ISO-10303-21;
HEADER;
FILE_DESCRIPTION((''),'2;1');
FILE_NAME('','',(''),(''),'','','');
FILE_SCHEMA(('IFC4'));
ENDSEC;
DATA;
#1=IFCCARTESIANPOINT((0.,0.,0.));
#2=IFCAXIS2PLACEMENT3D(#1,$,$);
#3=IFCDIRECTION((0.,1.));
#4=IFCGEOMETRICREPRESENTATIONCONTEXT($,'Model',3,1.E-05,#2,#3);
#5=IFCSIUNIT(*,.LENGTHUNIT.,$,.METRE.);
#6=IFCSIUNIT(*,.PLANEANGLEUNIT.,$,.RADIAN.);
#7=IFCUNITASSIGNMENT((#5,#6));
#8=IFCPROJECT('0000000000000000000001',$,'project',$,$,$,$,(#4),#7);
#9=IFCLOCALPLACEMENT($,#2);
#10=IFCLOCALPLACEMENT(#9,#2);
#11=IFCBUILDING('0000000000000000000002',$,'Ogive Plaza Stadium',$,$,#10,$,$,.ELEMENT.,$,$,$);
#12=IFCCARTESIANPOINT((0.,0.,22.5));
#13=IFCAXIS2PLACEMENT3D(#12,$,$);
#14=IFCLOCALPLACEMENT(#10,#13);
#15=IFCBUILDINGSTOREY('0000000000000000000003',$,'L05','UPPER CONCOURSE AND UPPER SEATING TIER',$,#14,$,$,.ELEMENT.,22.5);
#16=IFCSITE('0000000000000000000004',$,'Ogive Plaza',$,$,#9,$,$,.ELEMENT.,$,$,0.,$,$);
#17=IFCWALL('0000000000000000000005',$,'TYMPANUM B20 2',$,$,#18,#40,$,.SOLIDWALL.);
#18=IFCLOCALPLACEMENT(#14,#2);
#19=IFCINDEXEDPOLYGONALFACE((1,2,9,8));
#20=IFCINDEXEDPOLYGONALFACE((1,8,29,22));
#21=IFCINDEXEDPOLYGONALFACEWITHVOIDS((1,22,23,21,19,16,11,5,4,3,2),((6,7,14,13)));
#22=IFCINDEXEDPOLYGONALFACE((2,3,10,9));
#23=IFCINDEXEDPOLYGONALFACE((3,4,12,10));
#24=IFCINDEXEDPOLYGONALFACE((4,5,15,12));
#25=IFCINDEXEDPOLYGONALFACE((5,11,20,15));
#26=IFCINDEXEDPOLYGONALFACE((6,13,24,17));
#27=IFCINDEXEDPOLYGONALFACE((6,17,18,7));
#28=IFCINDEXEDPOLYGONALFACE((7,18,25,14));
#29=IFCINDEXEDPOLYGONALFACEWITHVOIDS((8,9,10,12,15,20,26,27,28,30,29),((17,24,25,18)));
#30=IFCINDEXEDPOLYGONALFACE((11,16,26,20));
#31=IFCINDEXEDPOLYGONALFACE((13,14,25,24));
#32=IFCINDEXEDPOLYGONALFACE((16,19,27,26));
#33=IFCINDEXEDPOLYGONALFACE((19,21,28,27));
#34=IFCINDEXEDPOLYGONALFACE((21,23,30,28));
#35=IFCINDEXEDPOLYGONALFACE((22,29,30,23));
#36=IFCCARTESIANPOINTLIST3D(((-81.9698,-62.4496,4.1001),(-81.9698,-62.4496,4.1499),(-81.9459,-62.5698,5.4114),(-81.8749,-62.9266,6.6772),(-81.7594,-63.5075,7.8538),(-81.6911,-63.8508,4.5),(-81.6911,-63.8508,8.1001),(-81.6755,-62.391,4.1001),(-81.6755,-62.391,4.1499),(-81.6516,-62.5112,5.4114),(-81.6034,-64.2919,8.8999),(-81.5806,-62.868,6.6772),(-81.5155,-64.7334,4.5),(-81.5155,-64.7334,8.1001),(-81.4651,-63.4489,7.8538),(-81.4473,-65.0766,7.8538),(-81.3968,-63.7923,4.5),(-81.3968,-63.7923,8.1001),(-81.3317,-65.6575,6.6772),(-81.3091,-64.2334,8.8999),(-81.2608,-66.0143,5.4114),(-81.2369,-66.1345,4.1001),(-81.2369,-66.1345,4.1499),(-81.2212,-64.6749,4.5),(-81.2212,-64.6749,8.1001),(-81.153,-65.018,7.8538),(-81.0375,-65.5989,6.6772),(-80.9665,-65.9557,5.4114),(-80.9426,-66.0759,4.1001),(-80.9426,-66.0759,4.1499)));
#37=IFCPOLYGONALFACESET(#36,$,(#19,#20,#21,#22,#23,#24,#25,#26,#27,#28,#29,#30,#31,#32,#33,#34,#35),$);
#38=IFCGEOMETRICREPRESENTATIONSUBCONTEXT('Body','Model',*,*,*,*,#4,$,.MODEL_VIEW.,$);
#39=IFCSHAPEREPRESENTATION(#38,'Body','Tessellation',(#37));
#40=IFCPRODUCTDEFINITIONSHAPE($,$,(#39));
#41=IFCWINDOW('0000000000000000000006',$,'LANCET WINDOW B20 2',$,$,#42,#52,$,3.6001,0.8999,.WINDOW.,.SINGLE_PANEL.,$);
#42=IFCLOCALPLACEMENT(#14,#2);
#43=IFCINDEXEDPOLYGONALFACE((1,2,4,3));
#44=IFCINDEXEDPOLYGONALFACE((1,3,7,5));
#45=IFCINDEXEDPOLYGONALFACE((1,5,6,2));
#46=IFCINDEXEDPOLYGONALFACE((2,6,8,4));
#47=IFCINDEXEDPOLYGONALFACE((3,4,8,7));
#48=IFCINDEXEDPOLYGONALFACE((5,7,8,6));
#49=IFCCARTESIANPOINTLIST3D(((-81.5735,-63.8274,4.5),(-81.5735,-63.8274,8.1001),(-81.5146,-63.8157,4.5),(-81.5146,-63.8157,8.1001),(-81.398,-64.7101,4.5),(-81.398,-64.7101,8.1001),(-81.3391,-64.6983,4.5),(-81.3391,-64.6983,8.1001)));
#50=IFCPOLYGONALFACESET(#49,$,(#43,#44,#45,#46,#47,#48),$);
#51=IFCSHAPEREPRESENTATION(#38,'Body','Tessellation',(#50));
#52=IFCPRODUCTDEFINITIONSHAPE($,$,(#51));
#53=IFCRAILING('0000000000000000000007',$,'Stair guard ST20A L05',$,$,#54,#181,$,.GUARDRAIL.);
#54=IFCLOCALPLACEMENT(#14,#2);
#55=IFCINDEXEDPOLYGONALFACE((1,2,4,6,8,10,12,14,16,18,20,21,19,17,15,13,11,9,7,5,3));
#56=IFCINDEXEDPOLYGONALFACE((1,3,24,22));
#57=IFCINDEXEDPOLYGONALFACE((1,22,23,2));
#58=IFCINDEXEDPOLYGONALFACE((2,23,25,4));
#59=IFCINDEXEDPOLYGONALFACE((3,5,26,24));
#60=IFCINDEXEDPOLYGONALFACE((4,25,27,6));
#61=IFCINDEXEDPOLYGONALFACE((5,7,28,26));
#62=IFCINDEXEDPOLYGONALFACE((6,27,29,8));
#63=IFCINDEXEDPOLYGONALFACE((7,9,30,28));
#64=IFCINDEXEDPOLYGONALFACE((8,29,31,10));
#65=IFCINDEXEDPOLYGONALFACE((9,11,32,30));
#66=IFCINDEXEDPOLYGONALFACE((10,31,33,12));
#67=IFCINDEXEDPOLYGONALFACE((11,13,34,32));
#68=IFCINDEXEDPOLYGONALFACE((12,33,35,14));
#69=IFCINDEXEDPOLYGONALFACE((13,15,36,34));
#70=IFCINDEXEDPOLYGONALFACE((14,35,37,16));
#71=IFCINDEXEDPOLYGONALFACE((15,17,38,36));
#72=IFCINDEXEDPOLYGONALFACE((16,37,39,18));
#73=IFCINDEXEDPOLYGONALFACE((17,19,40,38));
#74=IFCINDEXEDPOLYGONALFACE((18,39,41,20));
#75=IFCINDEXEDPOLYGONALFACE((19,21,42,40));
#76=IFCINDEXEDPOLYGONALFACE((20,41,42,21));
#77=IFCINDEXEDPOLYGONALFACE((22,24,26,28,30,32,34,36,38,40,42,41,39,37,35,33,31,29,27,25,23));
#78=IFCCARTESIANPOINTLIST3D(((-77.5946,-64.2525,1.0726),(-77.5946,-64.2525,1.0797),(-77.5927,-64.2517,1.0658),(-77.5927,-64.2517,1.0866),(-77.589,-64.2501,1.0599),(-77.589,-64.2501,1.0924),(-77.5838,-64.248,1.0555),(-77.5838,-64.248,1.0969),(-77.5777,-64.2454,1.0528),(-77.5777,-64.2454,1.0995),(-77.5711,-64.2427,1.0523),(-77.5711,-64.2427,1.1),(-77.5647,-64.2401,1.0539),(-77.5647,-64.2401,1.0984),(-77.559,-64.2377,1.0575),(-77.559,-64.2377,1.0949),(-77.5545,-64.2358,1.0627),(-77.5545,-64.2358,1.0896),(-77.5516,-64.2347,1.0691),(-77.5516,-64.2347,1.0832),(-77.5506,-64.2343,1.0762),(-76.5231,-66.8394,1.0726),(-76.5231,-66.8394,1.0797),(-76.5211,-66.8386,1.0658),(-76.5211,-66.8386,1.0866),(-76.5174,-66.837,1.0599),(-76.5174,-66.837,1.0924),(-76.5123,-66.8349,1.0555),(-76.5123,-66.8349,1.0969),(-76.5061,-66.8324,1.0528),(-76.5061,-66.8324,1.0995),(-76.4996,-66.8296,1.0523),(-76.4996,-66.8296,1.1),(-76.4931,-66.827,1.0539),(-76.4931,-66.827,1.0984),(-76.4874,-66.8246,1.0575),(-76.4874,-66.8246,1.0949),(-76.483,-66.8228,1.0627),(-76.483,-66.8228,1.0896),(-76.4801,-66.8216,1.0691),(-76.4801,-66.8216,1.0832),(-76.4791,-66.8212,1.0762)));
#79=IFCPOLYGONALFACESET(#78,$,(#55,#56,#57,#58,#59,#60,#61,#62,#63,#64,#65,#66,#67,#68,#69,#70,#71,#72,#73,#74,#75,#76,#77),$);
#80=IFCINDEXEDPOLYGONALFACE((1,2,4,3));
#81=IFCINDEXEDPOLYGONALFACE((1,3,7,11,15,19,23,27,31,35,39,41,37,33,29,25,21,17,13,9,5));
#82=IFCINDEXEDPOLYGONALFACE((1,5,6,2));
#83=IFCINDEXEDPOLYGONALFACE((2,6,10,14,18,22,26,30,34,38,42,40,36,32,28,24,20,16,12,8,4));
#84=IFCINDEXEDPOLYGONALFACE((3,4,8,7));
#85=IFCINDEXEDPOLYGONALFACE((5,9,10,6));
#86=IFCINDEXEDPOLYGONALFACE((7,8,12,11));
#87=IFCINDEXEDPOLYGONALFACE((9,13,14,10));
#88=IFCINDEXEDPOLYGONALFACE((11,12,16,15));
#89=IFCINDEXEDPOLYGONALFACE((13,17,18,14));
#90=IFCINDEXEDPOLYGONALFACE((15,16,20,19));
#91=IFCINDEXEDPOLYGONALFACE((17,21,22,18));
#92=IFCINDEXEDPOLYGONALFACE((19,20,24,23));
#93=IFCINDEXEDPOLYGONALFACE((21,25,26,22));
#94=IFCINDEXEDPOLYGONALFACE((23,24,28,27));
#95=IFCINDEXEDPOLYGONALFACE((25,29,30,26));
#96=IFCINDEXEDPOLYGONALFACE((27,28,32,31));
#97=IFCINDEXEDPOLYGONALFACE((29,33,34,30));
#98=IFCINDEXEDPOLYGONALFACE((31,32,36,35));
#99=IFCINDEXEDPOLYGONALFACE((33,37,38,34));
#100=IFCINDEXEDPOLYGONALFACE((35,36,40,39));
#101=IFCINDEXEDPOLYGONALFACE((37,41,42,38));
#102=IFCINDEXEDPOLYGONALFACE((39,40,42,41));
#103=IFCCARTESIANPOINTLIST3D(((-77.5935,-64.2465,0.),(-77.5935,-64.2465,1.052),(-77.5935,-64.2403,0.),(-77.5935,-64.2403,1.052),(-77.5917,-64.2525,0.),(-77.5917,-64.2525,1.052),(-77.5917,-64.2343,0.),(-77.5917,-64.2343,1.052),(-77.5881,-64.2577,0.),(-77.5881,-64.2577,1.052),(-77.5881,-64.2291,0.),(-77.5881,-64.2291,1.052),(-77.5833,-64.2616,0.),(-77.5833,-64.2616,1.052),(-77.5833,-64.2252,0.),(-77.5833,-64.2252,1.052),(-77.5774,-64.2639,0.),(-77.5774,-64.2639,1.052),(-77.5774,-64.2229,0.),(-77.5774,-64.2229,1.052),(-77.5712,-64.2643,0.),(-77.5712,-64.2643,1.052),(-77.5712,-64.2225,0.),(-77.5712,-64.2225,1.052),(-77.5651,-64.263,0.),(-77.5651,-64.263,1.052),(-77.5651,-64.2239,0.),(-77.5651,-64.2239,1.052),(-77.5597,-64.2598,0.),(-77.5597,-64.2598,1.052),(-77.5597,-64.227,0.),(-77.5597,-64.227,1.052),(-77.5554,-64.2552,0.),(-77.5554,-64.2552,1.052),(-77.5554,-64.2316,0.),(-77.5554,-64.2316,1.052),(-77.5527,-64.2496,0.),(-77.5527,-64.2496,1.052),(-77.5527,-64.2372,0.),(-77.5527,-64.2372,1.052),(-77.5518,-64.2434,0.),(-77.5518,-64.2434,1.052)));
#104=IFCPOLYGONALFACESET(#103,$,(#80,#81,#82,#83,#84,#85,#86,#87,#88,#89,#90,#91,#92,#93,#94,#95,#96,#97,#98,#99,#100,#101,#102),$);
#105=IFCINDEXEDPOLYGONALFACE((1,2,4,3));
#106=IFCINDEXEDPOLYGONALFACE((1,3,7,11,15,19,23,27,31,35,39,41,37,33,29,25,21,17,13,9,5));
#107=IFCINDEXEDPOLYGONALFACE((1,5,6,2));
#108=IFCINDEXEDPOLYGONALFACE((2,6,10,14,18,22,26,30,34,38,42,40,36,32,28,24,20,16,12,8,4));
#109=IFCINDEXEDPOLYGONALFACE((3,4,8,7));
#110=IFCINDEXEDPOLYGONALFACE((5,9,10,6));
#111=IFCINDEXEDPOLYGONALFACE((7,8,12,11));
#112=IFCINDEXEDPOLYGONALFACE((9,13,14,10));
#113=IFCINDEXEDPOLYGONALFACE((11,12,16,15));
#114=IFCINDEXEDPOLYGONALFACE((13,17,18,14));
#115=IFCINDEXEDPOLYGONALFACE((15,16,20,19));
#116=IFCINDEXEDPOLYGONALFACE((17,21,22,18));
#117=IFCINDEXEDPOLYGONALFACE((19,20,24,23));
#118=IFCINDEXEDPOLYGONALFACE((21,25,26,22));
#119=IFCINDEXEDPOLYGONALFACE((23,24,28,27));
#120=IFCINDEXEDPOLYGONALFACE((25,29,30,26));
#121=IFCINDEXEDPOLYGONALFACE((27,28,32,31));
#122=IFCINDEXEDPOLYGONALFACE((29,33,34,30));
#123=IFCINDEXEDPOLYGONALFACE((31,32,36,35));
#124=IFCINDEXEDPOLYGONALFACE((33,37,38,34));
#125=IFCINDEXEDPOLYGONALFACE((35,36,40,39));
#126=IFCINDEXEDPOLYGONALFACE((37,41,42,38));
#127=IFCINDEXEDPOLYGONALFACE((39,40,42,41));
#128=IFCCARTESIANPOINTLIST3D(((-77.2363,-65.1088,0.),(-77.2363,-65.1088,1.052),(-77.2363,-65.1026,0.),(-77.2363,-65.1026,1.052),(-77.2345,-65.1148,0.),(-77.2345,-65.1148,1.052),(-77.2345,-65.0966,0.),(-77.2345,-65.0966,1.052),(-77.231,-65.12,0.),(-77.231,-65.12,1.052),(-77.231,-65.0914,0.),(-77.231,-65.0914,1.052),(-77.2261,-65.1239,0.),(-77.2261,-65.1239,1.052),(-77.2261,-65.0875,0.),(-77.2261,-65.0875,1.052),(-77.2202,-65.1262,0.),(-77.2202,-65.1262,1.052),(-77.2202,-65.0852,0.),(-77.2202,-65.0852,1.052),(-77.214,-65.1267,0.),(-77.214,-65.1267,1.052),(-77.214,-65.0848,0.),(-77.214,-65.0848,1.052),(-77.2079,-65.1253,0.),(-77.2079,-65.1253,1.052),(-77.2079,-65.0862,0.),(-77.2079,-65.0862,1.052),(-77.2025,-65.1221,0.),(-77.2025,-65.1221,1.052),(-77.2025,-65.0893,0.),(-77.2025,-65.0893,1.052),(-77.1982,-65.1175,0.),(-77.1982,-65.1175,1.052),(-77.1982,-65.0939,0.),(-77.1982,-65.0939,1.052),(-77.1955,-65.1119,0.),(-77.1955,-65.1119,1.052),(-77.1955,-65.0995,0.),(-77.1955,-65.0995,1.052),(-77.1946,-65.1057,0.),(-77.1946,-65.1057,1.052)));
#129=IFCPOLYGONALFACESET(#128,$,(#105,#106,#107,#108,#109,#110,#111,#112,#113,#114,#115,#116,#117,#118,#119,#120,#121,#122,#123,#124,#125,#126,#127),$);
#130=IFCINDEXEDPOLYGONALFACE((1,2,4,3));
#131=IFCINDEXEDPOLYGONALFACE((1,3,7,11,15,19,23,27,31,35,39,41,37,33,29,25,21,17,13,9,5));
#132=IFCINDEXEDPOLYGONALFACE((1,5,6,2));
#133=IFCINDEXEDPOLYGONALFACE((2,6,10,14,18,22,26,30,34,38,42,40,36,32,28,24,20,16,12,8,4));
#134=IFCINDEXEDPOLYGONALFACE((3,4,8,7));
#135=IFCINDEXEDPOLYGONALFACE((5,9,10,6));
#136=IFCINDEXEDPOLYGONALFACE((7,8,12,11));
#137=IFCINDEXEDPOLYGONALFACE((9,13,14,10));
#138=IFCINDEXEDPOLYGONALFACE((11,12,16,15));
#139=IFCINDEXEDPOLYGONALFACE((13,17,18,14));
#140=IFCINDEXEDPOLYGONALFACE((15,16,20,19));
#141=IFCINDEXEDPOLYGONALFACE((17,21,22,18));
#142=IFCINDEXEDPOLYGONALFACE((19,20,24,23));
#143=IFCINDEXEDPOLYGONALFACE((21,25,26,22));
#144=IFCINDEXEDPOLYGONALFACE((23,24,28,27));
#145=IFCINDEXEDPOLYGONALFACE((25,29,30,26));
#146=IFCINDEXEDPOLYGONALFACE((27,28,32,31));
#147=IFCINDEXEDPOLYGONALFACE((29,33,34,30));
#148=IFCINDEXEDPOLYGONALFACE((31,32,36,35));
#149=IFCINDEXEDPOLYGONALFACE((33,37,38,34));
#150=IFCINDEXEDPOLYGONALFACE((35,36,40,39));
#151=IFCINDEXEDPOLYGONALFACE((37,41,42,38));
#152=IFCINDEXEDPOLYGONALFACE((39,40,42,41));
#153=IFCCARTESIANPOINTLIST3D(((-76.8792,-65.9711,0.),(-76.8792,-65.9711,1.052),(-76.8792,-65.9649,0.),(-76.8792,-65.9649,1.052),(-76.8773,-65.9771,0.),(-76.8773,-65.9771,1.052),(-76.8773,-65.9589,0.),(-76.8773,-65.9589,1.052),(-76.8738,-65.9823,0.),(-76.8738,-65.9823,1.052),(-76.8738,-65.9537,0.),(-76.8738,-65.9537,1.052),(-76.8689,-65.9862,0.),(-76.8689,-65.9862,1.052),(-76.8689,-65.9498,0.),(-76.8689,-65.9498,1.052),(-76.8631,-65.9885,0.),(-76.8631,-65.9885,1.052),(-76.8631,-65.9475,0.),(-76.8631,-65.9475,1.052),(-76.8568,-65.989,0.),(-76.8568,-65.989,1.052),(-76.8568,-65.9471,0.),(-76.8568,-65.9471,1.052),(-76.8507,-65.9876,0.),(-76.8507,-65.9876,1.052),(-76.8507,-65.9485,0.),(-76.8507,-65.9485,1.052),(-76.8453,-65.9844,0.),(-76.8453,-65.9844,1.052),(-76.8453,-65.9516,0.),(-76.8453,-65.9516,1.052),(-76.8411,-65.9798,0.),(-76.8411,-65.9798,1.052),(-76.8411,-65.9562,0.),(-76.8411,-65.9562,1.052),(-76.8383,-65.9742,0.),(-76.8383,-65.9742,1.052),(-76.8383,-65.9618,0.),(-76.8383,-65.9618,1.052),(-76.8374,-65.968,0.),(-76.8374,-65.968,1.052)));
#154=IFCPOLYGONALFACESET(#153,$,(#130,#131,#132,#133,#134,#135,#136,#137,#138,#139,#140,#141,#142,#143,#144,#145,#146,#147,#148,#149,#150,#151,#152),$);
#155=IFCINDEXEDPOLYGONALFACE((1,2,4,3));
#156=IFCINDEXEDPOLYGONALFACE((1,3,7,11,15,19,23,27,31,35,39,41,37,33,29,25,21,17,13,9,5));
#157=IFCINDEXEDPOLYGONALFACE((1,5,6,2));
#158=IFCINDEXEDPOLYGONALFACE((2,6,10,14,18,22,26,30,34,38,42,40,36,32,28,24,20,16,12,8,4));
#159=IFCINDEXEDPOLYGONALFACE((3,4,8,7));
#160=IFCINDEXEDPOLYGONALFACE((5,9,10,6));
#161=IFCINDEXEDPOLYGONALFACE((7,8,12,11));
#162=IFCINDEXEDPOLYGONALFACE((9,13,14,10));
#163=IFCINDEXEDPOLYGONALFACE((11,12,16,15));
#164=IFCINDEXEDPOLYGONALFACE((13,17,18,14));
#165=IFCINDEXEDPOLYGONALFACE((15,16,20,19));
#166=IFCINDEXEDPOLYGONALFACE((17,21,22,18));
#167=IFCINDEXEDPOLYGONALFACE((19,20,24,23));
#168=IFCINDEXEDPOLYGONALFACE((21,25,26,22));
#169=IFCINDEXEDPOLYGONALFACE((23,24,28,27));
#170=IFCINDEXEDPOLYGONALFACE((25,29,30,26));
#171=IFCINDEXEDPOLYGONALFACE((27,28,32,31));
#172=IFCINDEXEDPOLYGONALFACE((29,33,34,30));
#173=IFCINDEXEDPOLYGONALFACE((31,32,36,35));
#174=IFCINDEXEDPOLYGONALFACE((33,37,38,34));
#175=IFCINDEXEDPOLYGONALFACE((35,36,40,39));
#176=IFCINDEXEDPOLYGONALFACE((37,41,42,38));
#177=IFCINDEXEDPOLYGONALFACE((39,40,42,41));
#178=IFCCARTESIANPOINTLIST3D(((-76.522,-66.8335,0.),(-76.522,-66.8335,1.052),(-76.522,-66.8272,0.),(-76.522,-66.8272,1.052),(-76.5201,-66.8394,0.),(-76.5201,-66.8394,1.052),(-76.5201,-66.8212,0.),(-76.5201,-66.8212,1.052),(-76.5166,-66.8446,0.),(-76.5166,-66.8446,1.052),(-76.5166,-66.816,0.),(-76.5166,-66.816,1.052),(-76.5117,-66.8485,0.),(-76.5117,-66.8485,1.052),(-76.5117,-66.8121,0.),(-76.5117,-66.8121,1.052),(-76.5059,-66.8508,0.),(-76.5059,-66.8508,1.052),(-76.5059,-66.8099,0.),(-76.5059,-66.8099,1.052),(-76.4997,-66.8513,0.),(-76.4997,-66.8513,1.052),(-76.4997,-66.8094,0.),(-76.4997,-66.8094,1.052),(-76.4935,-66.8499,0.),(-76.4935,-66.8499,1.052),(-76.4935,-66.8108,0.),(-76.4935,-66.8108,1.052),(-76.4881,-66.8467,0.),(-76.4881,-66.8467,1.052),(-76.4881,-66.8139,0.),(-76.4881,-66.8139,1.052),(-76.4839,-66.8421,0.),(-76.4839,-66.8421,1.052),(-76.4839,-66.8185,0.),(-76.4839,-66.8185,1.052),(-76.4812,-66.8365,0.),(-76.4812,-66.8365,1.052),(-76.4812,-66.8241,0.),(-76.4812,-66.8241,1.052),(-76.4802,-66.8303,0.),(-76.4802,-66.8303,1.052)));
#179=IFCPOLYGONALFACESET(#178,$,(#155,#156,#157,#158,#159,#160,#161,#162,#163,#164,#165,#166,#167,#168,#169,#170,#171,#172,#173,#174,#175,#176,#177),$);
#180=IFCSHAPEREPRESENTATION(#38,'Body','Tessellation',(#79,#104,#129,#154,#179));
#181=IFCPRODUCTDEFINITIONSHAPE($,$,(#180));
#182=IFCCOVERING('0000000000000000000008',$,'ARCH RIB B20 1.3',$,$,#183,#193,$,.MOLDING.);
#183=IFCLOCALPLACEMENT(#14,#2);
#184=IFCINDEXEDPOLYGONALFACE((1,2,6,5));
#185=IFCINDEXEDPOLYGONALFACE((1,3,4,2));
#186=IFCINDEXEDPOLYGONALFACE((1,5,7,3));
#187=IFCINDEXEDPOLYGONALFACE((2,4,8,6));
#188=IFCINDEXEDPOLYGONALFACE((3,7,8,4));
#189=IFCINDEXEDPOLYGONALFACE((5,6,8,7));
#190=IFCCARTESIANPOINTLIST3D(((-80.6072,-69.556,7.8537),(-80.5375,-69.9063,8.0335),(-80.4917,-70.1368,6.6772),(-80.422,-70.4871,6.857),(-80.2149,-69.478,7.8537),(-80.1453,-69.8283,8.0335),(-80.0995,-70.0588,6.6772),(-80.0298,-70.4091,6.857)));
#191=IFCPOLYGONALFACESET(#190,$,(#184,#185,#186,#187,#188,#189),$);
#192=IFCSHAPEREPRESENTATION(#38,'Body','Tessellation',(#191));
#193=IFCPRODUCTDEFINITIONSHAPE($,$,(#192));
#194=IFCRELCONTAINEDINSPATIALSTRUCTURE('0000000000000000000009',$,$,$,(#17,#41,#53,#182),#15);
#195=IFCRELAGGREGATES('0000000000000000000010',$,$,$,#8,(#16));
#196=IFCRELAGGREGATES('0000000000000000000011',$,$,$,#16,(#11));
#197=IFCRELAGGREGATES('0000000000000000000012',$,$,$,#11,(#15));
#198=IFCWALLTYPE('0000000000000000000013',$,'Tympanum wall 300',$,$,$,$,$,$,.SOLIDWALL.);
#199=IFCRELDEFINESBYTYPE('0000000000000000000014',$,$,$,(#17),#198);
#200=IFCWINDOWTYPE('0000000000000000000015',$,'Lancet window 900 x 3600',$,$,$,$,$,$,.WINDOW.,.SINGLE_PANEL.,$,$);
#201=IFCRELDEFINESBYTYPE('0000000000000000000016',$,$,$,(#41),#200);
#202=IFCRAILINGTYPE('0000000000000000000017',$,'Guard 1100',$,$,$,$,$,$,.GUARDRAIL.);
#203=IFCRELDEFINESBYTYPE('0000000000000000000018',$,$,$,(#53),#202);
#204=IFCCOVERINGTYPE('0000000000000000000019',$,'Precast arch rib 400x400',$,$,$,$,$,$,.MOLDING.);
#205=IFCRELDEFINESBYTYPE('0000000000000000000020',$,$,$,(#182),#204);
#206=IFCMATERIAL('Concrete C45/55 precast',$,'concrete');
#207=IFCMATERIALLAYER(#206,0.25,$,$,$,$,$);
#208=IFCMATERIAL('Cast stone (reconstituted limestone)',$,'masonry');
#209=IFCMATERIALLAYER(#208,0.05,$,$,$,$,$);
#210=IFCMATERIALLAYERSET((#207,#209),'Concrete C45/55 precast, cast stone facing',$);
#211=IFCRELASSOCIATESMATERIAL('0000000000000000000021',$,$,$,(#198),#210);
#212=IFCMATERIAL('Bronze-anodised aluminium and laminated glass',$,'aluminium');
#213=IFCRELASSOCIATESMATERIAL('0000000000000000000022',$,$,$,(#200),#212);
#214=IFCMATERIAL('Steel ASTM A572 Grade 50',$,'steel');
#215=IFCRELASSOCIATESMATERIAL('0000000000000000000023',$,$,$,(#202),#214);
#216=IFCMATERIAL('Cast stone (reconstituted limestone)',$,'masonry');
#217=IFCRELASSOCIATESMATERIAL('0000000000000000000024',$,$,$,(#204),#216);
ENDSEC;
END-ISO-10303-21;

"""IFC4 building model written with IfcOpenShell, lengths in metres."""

from ifc_helpers import new_model, si_unit, direction, frame, frame_2d, origin, origin_2d, place, context, subcontext, project, spatial, polyline, rectangle, circle, outline, extrude, material, layer, layer_set, material_profile, profile_set, type_object, element, fill, save


model = new_model("IFC4")

# Units and contexts
model_context = context("Model", 3, precision=1e-05, world=origin(), true_north=direction((0.0, 1.0)))
body_context = subcontext(model_context, "Body", "Model", "MODEL_VIEW")
ifc_project = project(units=[si_unit("LENGTHUNIT", "METRE"), si_unit("PLANEANGLEUNIT", "RADIAN")], contexts=[model_context])

# Site, building, storey
site_placement = place(None, origin())
site = spatial("IfcSite", under=ifc_project, at=site_placement, Name="Ogive Plaza", CompositionType="ELEMENT", RefElevation=0.0)
building_placement = place(site_placement, origin())
building = spatial("IfcBuilding", under=site, at=building_placement, Name="Ogive Plaza Stadium", CompositionType="ELEMENT")
storey_placement = place(building_placement, frame((0.0, 0.0, 22.5)))
storey = spatial("IfcBuildingStorey", under=building, at=storey_placement, Name="L05", Description="UPPER CONCOURSE AND UPPER SEATING TIER", CompositionType="ELEMENT", Elevation=22.5)

# Wall, opening, window
ifc_material_1 = material(Name="Concrete C45/55 precast", Category="concrete")
ifc_layer_1 = layer(ifc_material_1, 0.25)
ifc_material_2 = material(Name="Cast stone (reconstituted limestone)", Category="masonry")
ifc_layer_2 = layer(ifc_material_2, 0.05)
ifc_layer_set_1 = layer_set([ifc_layer_1, ifc_layer_2], Name="Concrete C45/55 precast, cast stone facing")
wall_type_1 = type_object("IfcWallType", Name="Tympanum wall 300", PredefinedType="SOLIDWALL", material=ifc_layer_set_1)
wall_1_placement = place(storey_placement, frame((-81.0898, -66.1052, 4.1001), z_axis=(0.0, 0.0, 1.0), x_axis=(-0.195079, 0.980788, 0.0)))
wall_1 = element("IfcWall", 1, at=wall_1_placement, inside=storey, type_object=wall_type_1, Name="TYMPANUM B20 2", PredefinedType="SOLIDWALL", context=body_context, shape_type="SweptSolid", body=[
    extrude(outline(polyline([(0.0, 0.0), (3.7571, 0.0), (3.7571, 0.0498), (3.6345, 1.3113), (3.2708, 2.5771), (2.6785, 3.7537), (1.8787, 4.7998), (1.0786, 3.7537), (0.4863, 2.5771), (0.1226, 1.3113), (0.0, 0.0498), (0.0, 0.0)])), frame((0.0, 0.1499, 0.0), z_axis=(0.0, -1.0, 0.0), x_axis=(1.0, 0.0, 0.0)), (0.0, 0.0, 1.0), 0.3),
])
opening_placement = place(wall_1_placement, frame((1.4285, 0.0, 0.3999)))
opening = element("IfcOpeningElement", 2, at=opening_placement, cuts=wall_1, PredefinedType="OPENING", context=body_context, shape_type="SweptSolid", body=[
    extrude(rectangle(XDim=0.8999, YDim=3.6001, at=frame_2d((0.45, 1.8))), frame((0.0, 0.1602, 0.0), z_axis=(0.0, -1.0, 0.0), x_axis=(1.0, 0.0, 0.0)), (0.0, 0.0, 1.0), 0.3201),
])
ifc_material_3 = material(Name="Bronze-anodised aluminium and laminated glass", Category="aluminium")
window_type = type_object("IfcWindowType", Name="Lancet window 900 x 3600", PartitioningType="SINGLE_PANEL", PredefinedType="WINDOW", material=ifc_material_3)
window_placement = place(opening_placement, origin())
window = element("IfcWindow", 3, at=window_placement, inside=storey, type_object=window_type, Name="LANCET WINDOW B20 2", OverallHeight=3.6001, OverallWidth=0.8999, PartitioningType="SINGLE_PANEL", PredefinedType="WINDOW", context=body_context, shape_type="SweptSolid", body=[
    extrude(rectangle(XDim=0.8999, YDim=3.6001, at=frame_2d((0.45, 1.8))), frame((0.0, 0.03, 0.0), z_axis=(0.0, -1.0, 0.0), x_axis=(1.0, 0.0, 0.0)), (0.0, 0.0, 1.0), 0.0601),
])
fill(opening, window)

# Railing
ifc_material_4 = material(Name="Steel ASTM A572 Grade 50", Category="steel")
railing_type = type_object("IfcRailingType", Name="Guard 1100", PredefinedType="GUARDRAIL", material=ifc_material_4)
railing_placement = place(storey_placement, frame((-77.5728, -64.2434, 0.0)))
element("IfcRailing", 4, at=railing_placement, inside=storey, type_object=railing_type, Name="Stair guard ST20A L05", PredefinedType="GUARDRAIL", context=body_context, shape_type="SweptSolid", body=[
    extrude(circle(Radius=0.0239, at=origin_2d()), frame((0.0, 0.0, 1.0762), z_axis=(0.382683, -0.92388, 0.0), x_axis=(0.92388, 0.382683, 0.0)), (0.0, 0.0, 1.0), 2.8),
    extrude(circle(Radius=0.021, at=origin_2d()), origin(), (0.0, 0.0, 1.0), 1.052),
    extrude(circle(Radius=0.021, at=origin_2d()), frame((0.3572, -0.8623, 0.0)), (0.0, 0.0, 1.0), 1.052),
    extrude(circle(Radius=0.021, at=origin_2d()), frame((0.7144, -1.7246, 0.0)), (0.0, 0.0, 1.0), 1.052),
    extrude(circle(Radius=0.021, at=origin_2d()), frame((1.0715, -2.5869, 0.0)), (0.0, 0.0, 1.0), 1.052),
])

# Covering
ifc_material_5 = material(Name="Cast stone (reconstituted limestone)", Category="masonry")
ifc_material_profile_1 = material_profile(ifc_material_5, rectangle(XDim=0.3999, YDim=0.3999, at=origin_2d()), Name="Cast stone 400x400")
ifc_profile_set_1 = profile_set([ifc_material_profile_1], Name="Cast stone (reconstituted limestone)")
covering_type_1 = type_object("IfcCoveringType", Name="Precast arch rib 400x400", PredefinedType="MOLDING", material=ifc_profile_set_1)
for number, where, z_axis, x_axis, name in (
    (5, (-80.2607, -70.2729, 6.7671), (-0.087674, 0.440963, 0.893233), (-0.980802, -0.195006, 0.0), "ARCH RIB B20 1.3"),
):
    element("IfcCovering", number, at=place(storey_placement, frame(where, z_axis=z_axis, x_axis=x_axis)), inside=storey, type_object=covering_type_1, Name=name, PredefinedType="MOLDING", context=body_context, shape_type="SweptSolid", body=[
        extrude(rectangle(XDim=0.3999, YDim=0.3999, at=origin_2d()), origin(), (0.0, 0.0, 1.0), 1.3171),
    ])

save(model, "model.ifc")
